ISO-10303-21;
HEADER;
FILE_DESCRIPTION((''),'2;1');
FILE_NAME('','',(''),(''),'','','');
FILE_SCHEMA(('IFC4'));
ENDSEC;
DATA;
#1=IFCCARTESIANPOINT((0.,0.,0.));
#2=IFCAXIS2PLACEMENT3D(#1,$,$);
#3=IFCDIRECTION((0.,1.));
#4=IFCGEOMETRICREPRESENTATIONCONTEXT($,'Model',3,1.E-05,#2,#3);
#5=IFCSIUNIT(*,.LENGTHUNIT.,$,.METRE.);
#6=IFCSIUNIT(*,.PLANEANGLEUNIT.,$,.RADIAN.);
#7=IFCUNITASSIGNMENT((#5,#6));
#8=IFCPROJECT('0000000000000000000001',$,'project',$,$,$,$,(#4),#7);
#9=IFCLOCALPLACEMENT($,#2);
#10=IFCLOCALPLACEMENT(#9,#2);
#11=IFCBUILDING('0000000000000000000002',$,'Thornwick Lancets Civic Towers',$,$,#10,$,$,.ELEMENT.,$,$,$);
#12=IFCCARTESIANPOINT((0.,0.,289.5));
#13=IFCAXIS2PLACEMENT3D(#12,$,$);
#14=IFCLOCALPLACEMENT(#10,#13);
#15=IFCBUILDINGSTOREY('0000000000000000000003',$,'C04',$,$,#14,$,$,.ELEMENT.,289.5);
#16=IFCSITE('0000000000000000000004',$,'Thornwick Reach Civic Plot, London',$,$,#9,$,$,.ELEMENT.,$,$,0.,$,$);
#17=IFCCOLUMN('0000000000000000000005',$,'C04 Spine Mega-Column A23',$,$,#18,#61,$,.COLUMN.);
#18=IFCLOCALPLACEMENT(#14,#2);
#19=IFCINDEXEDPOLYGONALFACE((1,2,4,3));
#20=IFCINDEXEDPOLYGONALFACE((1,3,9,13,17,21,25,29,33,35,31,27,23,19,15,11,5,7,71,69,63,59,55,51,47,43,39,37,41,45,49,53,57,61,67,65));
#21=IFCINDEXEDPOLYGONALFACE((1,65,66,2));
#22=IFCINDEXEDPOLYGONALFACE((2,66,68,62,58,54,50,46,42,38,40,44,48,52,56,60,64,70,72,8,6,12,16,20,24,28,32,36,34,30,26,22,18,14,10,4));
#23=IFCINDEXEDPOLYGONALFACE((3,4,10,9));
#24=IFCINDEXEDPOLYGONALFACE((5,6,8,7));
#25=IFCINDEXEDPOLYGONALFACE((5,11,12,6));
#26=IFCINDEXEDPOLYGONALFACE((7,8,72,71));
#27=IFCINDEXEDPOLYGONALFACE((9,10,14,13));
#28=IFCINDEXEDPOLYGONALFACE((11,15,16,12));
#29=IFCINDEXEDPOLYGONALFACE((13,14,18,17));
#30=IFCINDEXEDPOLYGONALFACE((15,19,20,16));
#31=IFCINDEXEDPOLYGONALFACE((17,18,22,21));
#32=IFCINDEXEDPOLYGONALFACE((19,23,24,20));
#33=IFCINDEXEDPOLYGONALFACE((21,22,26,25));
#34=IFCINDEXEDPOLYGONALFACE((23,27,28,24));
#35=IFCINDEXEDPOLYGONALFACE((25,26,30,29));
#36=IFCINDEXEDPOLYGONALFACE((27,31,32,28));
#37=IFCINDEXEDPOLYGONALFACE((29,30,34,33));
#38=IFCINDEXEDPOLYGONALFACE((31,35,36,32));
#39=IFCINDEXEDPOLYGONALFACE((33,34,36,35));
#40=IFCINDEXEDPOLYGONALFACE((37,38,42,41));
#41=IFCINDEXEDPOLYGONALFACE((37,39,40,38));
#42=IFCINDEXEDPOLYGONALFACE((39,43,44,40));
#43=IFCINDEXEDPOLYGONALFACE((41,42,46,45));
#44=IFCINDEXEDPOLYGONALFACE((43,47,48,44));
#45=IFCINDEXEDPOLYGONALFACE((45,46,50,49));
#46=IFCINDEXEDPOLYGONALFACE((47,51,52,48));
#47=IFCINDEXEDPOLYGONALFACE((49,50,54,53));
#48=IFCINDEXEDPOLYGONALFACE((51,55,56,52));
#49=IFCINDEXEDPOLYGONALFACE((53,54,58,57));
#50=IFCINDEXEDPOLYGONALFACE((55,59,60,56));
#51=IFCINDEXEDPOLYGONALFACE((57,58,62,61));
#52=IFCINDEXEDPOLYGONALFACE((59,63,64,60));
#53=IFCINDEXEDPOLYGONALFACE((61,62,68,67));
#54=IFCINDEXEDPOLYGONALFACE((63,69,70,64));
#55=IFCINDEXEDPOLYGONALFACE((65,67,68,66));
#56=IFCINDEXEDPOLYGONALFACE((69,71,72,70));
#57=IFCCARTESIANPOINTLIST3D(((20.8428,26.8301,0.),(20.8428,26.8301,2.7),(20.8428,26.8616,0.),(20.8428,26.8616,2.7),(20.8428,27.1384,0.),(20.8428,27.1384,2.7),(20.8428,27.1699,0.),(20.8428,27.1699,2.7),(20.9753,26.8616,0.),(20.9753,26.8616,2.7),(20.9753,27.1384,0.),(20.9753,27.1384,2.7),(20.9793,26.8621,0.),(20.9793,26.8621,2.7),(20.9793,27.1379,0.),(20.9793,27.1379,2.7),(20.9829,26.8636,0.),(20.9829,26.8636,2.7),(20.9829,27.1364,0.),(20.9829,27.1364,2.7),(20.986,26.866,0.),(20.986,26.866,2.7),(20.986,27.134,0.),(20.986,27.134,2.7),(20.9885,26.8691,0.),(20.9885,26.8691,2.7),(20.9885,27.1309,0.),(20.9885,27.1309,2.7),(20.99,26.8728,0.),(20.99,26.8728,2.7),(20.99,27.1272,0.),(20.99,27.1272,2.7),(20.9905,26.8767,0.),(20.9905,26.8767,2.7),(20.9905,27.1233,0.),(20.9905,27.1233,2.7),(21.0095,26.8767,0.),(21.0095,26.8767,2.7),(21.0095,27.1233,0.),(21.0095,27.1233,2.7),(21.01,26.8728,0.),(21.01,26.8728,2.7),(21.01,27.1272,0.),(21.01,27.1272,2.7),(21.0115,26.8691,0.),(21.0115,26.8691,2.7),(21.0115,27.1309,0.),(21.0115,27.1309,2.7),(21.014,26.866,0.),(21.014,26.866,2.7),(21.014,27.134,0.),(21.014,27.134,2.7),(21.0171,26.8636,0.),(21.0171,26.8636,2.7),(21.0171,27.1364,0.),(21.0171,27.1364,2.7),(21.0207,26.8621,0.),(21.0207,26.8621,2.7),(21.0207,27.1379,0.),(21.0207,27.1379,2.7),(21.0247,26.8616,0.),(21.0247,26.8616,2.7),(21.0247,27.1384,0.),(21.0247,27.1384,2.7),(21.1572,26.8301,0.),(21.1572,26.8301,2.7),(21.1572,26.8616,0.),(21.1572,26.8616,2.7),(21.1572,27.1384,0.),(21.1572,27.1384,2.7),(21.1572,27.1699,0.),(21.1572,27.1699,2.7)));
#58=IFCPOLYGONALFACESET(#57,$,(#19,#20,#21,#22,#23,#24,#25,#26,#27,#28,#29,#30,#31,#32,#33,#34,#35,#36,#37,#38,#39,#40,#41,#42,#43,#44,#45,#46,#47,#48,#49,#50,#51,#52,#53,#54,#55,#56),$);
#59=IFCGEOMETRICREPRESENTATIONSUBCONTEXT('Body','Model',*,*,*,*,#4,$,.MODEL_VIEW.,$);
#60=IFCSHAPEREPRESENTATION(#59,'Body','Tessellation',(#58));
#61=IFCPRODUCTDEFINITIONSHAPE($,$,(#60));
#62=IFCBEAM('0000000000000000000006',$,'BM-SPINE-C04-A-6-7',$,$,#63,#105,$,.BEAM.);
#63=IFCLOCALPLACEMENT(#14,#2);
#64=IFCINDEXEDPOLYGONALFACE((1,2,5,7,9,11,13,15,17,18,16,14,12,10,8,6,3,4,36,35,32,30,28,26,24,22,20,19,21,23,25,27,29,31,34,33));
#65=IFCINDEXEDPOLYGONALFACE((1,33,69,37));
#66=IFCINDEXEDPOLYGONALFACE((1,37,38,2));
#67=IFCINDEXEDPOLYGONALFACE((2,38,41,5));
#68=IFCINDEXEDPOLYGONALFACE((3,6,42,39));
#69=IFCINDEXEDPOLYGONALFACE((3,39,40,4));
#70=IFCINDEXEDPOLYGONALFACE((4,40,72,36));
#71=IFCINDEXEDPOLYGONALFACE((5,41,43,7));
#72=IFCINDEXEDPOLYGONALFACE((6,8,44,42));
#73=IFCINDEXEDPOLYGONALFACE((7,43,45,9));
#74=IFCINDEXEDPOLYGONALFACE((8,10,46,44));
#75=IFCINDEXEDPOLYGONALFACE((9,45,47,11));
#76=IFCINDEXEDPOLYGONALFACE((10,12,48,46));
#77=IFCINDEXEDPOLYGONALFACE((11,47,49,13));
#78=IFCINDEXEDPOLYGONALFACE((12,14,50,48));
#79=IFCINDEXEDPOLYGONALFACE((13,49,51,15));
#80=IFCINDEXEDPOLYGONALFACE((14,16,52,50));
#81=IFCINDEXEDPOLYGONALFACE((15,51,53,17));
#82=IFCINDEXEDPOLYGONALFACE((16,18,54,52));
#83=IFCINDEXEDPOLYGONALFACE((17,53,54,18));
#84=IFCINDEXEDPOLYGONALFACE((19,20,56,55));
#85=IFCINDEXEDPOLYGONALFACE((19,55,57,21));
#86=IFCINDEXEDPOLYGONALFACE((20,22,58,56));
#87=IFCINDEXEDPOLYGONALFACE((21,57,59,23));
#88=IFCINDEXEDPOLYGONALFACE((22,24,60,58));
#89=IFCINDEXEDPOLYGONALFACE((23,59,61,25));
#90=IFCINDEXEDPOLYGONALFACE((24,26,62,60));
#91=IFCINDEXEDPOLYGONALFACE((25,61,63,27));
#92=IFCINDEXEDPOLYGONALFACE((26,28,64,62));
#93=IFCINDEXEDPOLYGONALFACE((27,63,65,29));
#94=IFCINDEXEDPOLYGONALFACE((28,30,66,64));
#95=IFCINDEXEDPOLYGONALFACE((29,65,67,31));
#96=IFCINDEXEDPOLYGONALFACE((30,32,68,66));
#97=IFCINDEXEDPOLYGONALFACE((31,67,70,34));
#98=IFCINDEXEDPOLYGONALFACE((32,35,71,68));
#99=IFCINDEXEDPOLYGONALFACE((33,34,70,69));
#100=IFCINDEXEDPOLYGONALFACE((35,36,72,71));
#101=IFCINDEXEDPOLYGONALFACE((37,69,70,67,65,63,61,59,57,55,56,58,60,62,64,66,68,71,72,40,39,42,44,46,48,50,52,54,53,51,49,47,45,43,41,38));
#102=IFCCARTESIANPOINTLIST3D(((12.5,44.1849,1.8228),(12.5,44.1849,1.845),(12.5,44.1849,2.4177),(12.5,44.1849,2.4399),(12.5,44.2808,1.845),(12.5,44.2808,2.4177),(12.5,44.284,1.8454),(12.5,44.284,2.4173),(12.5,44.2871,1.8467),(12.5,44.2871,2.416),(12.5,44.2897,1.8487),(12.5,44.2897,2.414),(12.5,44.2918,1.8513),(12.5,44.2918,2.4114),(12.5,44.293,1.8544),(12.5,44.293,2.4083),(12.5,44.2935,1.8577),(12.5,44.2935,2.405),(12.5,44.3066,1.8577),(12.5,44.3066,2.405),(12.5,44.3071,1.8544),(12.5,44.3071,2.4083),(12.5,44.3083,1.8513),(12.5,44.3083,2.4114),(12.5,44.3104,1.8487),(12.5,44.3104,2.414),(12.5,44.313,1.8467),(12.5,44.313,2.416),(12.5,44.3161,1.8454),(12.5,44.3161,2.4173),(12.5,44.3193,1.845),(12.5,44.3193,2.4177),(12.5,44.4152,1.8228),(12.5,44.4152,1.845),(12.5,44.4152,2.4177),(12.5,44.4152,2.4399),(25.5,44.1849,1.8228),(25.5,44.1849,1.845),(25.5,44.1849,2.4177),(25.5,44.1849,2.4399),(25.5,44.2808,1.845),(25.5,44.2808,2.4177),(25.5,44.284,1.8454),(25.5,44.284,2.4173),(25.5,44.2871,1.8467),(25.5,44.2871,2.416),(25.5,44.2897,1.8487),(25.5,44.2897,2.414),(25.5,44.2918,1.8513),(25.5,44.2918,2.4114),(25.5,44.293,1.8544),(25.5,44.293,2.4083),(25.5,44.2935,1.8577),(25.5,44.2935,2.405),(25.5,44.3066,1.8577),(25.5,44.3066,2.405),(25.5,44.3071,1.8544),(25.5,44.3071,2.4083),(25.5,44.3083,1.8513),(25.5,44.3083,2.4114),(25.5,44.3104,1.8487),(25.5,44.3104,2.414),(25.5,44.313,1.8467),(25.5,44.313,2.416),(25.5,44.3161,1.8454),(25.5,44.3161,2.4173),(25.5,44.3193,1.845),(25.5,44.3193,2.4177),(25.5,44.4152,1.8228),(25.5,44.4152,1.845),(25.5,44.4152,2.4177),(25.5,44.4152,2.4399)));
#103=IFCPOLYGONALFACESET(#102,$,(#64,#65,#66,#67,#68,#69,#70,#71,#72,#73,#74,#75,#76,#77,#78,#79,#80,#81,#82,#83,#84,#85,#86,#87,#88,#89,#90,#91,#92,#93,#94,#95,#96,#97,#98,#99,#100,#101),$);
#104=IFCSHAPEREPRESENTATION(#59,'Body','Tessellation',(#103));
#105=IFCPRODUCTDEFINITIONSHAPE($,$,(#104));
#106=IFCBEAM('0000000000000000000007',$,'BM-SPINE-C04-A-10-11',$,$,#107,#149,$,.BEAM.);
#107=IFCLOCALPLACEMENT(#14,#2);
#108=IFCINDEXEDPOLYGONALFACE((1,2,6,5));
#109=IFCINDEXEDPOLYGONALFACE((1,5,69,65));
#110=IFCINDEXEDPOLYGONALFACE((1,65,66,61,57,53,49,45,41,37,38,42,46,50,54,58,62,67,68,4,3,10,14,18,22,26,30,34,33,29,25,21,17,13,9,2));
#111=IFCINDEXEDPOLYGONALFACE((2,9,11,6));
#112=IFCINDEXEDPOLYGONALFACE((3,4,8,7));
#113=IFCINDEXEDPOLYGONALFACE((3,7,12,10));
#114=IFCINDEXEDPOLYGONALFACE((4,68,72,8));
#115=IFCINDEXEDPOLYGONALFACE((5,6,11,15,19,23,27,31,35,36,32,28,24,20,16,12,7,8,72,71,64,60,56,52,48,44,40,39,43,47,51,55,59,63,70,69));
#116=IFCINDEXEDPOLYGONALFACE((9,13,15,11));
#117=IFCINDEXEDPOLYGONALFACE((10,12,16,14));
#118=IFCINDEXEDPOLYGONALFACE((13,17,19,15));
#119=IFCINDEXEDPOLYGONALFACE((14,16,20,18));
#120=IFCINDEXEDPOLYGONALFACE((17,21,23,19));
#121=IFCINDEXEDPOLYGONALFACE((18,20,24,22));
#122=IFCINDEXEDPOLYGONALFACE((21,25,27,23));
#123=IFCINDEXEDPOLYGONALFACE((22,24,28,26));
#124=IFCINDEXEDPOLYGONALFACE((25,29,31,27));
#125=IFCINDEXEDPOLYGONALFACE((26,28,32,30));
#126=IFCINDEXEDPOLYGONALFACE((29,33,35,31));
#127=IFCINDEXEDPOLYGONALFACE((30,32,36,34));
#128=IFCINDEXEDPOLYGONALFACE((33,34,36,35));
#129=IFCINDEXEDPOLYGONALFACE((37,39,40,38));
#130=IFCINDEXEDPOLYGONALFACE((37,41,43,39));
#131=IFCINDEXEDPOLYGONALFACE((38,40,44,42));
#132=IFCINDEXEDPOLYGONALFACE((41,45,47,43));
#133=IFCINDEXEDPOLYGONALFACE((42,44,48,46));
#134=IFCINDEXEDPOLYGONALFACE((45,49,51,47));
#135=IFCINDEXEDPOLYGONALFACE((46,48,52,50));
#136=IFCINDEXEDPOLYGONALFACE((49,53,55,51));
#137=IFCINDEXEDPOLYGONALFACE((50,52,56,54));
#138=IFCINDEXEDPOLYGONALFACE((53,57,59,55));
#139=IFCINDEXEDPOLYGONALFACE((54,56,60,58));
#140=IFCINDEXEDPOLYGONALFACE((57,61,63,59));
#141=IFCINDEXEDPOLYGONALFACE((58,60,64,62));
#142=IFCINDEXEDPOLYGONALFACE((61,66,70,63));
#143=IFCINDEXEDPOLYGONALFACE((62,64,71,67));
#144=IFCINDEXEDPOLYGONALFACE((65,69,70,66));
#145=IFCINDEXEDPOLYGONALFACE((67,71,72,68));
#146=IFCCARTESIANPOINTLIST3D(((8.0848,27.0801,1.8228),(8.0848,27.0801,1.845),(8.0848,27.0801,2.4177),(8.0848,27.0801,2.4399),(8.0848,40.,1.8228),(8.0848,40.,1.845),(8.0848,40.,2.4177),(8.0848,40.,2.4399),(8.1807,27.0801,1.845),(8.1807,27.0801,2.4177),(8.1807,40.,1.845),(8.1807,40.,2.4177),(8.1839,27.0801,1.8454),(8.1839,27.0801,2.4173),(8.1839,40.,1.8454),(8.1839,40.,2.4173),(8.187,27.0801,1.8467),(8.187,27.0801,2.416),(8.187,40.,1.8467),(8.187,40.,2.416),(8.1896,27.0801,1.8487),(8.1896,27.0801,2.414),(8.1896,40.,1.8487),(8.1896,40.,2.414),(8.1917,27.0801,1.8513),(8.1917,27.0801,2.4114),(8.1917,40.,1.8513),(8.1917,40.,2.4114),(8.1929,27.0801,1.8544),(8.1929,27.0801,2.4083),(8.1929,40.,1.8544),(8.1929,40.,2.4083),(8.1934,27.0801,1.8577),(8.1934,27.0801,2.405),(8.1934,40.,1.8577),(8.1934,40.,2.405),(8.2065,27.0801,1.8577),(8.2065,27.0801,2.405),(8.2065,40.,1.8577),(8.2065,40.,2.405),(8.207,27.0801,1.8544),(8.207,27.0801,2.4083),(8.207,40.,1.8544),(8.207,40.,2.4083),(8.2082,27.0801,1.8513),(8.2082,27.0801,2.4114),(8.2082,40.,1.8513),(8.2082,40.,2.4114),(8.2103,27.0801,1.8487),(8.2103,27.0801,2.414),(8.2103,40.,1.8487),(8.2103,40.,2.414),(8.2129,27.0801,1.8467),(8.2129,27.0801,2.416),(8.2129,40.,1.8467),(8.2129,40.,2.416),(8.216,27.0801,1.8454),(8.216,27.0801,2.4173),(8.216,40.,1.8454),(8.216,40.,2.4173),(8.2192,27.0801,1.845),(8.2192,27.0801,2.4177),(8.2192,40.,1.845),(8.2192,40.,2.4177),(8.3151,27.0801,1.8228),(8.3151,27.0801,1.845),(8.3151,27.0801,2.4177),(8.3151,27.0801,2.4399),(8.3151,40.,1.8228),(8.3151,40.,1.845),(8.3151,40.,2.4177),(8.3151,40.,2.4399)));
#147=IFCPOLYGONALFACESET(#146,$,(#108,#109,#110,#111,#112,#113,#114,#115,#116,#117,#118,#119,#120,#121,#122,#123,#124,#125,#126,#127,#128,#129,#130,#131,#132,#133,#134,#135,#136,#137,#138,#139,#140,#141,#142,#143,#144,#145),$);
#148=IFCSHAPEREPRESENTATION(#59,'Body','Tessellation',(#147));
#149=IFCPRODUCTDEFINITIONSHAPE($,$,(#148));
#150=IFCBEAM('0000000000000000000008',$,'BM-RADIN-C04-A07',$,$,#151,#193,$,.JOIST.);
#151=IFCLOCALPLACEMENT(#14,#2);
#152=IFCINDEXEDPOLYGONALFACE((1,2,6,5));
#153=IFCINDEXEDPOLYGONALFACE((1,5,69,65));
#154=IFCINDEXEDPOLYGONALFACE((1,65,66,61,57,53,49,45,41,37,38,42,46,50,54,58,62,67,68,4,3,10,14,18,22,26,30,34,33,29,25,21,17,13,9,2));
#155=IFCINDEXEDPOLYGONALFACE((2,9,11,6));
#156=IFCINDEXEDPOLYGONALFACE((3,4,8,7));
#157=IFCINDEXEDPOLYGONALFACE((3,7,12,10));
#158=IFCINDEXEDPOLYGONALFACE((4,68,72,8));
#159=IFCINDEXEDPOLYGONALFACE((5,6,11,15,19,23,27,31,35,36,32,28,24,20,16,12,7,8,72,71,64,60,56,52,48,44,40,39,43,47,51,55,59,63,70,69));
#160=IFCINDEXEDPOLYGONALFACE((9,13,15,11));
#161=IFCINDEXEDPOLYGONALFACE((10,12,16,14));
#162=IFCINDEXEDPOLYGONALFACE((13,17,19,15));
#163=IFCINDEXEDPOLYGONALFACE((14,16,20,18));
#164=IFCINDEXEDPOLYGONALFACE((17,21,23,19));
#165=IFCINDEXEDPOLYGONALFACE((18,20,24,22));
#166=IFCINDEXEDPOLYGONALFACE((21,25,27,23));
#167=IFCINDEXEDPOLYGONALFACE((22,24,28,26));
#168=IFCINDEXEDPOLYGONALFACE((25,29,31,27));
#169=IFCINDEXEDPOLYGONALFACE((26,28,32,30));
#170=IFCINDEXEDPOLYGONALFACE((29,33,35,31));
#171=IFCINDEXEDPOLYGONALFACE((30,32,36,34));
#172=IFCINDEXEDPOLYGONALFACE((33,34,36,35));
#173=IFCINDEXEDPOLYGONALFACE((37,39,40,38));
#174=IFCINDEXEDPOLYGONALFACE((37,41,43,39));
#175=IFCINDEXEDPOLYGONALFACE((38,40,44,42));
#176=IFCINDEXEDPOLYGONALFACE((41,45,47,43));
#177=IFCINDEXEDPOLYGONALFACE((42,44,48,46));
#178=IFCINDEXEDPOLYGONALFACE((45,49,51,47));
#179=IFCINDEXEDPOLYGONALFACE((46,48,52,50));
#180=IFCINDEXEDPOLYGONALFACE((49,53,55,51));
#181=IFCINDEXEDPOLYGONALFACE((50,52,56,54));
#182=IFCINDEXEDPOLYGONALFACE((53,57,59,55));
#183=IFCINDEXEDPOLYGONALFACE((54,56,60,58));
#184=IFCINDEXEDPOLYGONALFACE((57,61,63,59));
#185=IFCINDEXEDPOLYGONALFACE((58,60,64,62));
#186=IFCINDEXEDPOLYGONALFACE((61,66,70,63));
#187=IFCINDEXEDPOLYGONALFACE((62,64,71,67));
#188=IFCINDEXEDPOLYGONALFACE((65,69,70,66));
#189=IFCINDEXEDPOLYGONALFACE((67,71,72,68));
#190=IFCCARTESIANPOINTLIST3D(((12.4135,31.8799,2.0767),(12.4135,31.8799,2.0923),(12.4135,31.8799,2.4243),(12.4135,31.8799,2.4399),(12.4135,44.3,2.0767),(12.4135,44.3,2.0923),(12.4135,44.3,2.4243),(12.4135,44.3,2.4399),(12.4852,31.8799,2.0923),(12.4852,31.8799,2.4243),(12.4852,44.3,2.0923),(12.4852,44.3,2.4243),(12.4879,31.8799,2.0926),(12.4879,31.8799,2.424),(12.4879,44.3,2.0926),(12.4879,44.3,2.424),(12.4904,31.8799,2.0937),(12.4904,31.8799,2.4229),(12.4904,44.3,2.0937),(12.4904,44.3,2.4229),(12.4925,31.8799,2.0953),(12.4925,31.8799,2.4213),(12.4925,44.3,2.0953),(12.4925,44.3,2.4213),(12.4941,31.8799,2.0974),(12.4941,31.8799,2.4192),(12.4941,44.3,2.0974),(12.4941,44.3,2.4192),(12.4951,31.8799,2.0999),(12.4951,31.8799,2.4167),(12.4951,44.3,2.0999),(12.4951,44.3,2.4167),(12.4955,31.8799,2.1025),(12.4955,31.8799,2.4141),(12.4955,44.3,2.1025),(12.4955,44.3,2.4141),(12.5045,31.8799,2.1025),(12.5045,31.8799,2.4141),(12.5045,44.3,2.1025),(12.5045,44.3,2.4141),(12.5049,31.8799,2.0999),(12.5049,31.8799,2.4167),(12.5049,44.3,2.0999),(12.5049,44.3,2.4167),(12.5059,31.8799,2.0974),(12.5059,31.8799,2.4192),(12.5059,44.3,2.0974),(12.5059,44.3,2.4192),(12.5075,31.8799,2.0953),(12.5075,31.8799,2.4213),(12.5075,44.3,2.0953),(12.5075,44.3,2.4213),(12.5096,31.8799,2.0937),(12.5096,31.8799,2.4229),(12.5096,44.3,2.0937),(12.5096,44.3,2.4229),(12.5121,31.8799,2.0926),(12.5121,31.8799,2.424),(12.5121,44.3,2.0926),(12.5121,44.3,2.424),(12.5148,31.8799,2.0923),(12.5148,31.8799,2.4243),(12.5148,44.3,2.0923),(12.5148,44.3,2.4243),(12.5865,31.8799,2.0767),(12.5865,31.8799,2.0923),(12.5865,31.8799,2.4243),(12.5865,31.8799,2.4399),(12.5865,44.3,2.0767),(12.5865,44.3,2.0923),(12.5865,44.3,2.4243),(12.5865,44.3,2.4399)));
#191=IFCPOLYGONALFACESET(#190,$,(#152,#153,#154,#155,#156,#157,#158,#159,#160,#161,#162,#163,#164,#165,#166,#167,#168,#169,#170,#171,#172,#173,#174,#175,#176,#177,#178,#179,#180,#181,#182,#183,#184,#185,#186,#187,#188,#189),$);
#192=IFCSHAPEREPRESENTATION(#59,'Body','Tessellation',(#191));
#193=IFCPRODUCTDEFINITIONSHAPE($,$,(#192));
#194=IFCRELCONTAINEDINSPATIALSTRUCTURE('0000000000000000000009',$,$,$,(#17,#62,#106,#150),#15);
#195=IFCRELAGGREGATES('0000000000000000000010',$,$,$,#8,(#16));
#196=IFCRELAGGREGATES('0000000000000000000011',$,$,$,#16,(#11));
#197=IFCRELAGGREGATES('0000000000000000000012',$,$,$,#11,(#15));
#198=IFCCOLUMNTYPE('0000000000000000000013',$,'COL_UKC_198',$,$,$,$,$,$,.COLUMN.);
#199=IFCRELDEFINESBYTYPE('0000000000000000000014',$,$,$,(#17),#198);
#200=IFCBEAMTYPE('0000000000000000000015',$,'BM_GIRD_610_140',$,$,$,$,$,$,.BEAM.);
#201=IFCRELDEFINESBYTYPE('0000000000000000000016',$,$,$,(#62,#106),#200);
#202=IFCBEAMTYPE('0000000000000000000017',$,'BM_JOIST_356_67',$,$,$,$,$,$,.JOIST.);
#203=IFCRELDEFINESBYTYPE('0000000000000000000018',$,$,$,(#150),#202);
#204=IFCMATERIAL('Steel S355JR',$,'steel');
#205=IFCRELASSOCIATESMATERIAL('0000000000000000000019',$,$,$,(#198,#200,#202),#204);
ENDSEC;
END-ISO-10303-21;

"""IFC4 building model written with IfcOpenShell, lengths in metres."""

from ifc_helpers import new_model, si_unit, direction, frame, origin, origin_2d, place, context, subcontext, project, spatial, i_section, extrude, material, material_profile, profile_set, type_object, element, save


model = new_model("IFC4")

# Units and contexts
model_context = context("Model", 3, precision=1e-05, world=origin(), true_north=direction((0.0, 1.0)))
body_context = subcontext(model_context, "Body", "Model", "MODEL_VIEW")
ifc_project = project(units=[si_unit("LENGTHUNIT", "METRE"), si_unit("PLANEANGLEUNIT", "RADIAN")], contexts=[model_context])

# Site, building, storey
site_placement = place(None, origin())
site = spatial("IfcSite", under=ifc_project, at=site_placement, Name="Thornwick Reach Civic Plot, London", CompositionType="ELEMENT", RefElevation=0.0)
building_placement = place(site_placement, origin())
building = spatial("IfcBuilding", under=site, at=building_placement, Name="Thornwick Lancets Civic Towers", CompositionType="ELEMENT")
storey_placement = place(building_placement, frame((0.0, 0.0, 289.5)))
storey = spatial("IfcBuildingStorey", under=building, at=storey_placement, Name="C04", CompositionType="ELEMENT", Elevation=289.5)

# Column
ifc_material_1 = material(Name="Steel S355JR", Category="steel")
ifc_material_profile_1 = material_profile(ifc_material_1, i_section(OverallWidth=0.3145, OverallDepth=0.3398, WebThickness=0.019, FlangeThickness=0.0315, FilletRadius=0.0151, at=origin_2d()), Name="UKC 305x305x198")
ifc_profile_set_1 = profile_set([ifc_material_profile_1], Name="Steel S355JR")
column_type = type_object("IfcColumnType", Name="COL_UKC_198", PredefinedType="COLUMN", material=ifc_profile_set_1)
for number, where, z_axis, x_axis, name in (
    (1, (21.0, 27.0, 0.0), (0.0, 0.0, 1.0), (1.0, 0.0, 0.0), "C04 Spine Mega-Column A23"),
):
    element("IfcColumn", number, at=place(storey_placement, frame(where, z_axis=z_axis, x_axis=x_axis)), inside=storey, type_object=column_type, Name=name, PredefinedType="COLUMN", context=body_context, shape_type="SweptSolid", body=[
        extrude(i_section(OverallWidth=0.3145, OverallDepth=0.3398, WebThickness=0.019, FlangeThickness=0.0315, FilletRadius=0.0151, at=origin_2d()), origin(), (0.0, 0.0, 1.0), 2.7),
    ])

# Beams
ifc_material_profile_2 = material_profile(ifc_material_1, i_section(OverallWidth=0.2302, OverallDepth=0.6172, WebThickness=0.0132, FlangeThickness=0.0222, FilletRadius=0.0127, at=origin_2d()), Name="UKB 610x229x140")
ifc_profile_set_2 = profile_set([ifc_material_profile_2], Name="Steel S355JR")
beam_type_1 = type_object("IfcBeamType", Name="BM_GIRD_610_140", PredefinedType="BEAM", material=ifc_profile_set_2)
beam_1_placement = place(storey_placement, frame((12.5, 44.3, 2.1313), z_axis=(1.0, 0.0, 0.0), x_axis=(0.0, 1.0, 0.0)))
element("IfcBeam", 2, at=beam_1_placement, inside=storey, type_object=beam_type_1, Name="BM-SPINE-C04-A-6-7", PredefinedType="BEAM", context=body_context, shape_type="SweptSolid", body=[
    extrude(i_section(OverallWidth=0.2302, OverallDepth=0.6172, WebThickness=0.0132, FlangeThickness=0.0222, FilletRadius=0.0127, at=origin_2d()), origin(), (0.0, 0.0, 1.0), 13.0),
])
beam_2_placement = place(storey_placement, frame((8.2, 27.0801, 2.1313), z_axis=(0.0, 1.0, 0.0), x_axis=(-1.0, 0.0, 0.0)))
element("IfcBeam", 3, at=beam_2_placement, inside=storey, type_object=beam_type_1, Name="BM-SPINE-C04-A-10-11", PredefinedType="BEAM", context=body_context, shape_type="SweptSolid", body=[
    extrude(i_section(OverallWidth=0.2302, OverallDepth=0.6172, WebThickness=0.0132, FlangeThickness=0.0222, FilletRadius=0.0127, at=origin_2d()), origin(), (0.0, 0.0, 1.0), 12.9199),
])
ifc_material_profile_3 = material_profile(ifc_material_1, i_section(OverallWidth=0.1731, OverallDepth=0.3633, WebThickness=0.009, FlangeThickness=0.0156, FilletRadius=0.0103, at=origin_2d()), Name="UKB 356x171x67")
ifc_profile_set_3 = profile_set([ifc_material_profile_3], Name="Steel S355JR")
beam_type_2 = type_object("IfcBeamType", Name="BM_JOIST_356_67", PredefinedType="JOIST", material=ifc_profile_set_3)
beam_3_placement = place(storey_placement, frame((12.5, 31.8799, 2.2583), z_axis=(0.0, 1.0, 0.0), x_axis=(-1.0, 0.0, 0.0)))
element("IfcBeam", 4, at=beam_3_placement, inside=storey, type_object=beam_type_2, Name="BM-RADIN-C04-A07", PredefinedType="JOIST", context=body_context, shape_type="SweptSolid", body=[
    extrude(i_section(OverallWidth=0.1731, OverallDepth=0.3633, WebThickness=0.009, FlangeThickness=0.0156, FilletRadius=0.0103, at=origin_2d()), origin(), (0.0, 0.0, 1.0), 12.4202),
])

save(model, "model.ifc")
